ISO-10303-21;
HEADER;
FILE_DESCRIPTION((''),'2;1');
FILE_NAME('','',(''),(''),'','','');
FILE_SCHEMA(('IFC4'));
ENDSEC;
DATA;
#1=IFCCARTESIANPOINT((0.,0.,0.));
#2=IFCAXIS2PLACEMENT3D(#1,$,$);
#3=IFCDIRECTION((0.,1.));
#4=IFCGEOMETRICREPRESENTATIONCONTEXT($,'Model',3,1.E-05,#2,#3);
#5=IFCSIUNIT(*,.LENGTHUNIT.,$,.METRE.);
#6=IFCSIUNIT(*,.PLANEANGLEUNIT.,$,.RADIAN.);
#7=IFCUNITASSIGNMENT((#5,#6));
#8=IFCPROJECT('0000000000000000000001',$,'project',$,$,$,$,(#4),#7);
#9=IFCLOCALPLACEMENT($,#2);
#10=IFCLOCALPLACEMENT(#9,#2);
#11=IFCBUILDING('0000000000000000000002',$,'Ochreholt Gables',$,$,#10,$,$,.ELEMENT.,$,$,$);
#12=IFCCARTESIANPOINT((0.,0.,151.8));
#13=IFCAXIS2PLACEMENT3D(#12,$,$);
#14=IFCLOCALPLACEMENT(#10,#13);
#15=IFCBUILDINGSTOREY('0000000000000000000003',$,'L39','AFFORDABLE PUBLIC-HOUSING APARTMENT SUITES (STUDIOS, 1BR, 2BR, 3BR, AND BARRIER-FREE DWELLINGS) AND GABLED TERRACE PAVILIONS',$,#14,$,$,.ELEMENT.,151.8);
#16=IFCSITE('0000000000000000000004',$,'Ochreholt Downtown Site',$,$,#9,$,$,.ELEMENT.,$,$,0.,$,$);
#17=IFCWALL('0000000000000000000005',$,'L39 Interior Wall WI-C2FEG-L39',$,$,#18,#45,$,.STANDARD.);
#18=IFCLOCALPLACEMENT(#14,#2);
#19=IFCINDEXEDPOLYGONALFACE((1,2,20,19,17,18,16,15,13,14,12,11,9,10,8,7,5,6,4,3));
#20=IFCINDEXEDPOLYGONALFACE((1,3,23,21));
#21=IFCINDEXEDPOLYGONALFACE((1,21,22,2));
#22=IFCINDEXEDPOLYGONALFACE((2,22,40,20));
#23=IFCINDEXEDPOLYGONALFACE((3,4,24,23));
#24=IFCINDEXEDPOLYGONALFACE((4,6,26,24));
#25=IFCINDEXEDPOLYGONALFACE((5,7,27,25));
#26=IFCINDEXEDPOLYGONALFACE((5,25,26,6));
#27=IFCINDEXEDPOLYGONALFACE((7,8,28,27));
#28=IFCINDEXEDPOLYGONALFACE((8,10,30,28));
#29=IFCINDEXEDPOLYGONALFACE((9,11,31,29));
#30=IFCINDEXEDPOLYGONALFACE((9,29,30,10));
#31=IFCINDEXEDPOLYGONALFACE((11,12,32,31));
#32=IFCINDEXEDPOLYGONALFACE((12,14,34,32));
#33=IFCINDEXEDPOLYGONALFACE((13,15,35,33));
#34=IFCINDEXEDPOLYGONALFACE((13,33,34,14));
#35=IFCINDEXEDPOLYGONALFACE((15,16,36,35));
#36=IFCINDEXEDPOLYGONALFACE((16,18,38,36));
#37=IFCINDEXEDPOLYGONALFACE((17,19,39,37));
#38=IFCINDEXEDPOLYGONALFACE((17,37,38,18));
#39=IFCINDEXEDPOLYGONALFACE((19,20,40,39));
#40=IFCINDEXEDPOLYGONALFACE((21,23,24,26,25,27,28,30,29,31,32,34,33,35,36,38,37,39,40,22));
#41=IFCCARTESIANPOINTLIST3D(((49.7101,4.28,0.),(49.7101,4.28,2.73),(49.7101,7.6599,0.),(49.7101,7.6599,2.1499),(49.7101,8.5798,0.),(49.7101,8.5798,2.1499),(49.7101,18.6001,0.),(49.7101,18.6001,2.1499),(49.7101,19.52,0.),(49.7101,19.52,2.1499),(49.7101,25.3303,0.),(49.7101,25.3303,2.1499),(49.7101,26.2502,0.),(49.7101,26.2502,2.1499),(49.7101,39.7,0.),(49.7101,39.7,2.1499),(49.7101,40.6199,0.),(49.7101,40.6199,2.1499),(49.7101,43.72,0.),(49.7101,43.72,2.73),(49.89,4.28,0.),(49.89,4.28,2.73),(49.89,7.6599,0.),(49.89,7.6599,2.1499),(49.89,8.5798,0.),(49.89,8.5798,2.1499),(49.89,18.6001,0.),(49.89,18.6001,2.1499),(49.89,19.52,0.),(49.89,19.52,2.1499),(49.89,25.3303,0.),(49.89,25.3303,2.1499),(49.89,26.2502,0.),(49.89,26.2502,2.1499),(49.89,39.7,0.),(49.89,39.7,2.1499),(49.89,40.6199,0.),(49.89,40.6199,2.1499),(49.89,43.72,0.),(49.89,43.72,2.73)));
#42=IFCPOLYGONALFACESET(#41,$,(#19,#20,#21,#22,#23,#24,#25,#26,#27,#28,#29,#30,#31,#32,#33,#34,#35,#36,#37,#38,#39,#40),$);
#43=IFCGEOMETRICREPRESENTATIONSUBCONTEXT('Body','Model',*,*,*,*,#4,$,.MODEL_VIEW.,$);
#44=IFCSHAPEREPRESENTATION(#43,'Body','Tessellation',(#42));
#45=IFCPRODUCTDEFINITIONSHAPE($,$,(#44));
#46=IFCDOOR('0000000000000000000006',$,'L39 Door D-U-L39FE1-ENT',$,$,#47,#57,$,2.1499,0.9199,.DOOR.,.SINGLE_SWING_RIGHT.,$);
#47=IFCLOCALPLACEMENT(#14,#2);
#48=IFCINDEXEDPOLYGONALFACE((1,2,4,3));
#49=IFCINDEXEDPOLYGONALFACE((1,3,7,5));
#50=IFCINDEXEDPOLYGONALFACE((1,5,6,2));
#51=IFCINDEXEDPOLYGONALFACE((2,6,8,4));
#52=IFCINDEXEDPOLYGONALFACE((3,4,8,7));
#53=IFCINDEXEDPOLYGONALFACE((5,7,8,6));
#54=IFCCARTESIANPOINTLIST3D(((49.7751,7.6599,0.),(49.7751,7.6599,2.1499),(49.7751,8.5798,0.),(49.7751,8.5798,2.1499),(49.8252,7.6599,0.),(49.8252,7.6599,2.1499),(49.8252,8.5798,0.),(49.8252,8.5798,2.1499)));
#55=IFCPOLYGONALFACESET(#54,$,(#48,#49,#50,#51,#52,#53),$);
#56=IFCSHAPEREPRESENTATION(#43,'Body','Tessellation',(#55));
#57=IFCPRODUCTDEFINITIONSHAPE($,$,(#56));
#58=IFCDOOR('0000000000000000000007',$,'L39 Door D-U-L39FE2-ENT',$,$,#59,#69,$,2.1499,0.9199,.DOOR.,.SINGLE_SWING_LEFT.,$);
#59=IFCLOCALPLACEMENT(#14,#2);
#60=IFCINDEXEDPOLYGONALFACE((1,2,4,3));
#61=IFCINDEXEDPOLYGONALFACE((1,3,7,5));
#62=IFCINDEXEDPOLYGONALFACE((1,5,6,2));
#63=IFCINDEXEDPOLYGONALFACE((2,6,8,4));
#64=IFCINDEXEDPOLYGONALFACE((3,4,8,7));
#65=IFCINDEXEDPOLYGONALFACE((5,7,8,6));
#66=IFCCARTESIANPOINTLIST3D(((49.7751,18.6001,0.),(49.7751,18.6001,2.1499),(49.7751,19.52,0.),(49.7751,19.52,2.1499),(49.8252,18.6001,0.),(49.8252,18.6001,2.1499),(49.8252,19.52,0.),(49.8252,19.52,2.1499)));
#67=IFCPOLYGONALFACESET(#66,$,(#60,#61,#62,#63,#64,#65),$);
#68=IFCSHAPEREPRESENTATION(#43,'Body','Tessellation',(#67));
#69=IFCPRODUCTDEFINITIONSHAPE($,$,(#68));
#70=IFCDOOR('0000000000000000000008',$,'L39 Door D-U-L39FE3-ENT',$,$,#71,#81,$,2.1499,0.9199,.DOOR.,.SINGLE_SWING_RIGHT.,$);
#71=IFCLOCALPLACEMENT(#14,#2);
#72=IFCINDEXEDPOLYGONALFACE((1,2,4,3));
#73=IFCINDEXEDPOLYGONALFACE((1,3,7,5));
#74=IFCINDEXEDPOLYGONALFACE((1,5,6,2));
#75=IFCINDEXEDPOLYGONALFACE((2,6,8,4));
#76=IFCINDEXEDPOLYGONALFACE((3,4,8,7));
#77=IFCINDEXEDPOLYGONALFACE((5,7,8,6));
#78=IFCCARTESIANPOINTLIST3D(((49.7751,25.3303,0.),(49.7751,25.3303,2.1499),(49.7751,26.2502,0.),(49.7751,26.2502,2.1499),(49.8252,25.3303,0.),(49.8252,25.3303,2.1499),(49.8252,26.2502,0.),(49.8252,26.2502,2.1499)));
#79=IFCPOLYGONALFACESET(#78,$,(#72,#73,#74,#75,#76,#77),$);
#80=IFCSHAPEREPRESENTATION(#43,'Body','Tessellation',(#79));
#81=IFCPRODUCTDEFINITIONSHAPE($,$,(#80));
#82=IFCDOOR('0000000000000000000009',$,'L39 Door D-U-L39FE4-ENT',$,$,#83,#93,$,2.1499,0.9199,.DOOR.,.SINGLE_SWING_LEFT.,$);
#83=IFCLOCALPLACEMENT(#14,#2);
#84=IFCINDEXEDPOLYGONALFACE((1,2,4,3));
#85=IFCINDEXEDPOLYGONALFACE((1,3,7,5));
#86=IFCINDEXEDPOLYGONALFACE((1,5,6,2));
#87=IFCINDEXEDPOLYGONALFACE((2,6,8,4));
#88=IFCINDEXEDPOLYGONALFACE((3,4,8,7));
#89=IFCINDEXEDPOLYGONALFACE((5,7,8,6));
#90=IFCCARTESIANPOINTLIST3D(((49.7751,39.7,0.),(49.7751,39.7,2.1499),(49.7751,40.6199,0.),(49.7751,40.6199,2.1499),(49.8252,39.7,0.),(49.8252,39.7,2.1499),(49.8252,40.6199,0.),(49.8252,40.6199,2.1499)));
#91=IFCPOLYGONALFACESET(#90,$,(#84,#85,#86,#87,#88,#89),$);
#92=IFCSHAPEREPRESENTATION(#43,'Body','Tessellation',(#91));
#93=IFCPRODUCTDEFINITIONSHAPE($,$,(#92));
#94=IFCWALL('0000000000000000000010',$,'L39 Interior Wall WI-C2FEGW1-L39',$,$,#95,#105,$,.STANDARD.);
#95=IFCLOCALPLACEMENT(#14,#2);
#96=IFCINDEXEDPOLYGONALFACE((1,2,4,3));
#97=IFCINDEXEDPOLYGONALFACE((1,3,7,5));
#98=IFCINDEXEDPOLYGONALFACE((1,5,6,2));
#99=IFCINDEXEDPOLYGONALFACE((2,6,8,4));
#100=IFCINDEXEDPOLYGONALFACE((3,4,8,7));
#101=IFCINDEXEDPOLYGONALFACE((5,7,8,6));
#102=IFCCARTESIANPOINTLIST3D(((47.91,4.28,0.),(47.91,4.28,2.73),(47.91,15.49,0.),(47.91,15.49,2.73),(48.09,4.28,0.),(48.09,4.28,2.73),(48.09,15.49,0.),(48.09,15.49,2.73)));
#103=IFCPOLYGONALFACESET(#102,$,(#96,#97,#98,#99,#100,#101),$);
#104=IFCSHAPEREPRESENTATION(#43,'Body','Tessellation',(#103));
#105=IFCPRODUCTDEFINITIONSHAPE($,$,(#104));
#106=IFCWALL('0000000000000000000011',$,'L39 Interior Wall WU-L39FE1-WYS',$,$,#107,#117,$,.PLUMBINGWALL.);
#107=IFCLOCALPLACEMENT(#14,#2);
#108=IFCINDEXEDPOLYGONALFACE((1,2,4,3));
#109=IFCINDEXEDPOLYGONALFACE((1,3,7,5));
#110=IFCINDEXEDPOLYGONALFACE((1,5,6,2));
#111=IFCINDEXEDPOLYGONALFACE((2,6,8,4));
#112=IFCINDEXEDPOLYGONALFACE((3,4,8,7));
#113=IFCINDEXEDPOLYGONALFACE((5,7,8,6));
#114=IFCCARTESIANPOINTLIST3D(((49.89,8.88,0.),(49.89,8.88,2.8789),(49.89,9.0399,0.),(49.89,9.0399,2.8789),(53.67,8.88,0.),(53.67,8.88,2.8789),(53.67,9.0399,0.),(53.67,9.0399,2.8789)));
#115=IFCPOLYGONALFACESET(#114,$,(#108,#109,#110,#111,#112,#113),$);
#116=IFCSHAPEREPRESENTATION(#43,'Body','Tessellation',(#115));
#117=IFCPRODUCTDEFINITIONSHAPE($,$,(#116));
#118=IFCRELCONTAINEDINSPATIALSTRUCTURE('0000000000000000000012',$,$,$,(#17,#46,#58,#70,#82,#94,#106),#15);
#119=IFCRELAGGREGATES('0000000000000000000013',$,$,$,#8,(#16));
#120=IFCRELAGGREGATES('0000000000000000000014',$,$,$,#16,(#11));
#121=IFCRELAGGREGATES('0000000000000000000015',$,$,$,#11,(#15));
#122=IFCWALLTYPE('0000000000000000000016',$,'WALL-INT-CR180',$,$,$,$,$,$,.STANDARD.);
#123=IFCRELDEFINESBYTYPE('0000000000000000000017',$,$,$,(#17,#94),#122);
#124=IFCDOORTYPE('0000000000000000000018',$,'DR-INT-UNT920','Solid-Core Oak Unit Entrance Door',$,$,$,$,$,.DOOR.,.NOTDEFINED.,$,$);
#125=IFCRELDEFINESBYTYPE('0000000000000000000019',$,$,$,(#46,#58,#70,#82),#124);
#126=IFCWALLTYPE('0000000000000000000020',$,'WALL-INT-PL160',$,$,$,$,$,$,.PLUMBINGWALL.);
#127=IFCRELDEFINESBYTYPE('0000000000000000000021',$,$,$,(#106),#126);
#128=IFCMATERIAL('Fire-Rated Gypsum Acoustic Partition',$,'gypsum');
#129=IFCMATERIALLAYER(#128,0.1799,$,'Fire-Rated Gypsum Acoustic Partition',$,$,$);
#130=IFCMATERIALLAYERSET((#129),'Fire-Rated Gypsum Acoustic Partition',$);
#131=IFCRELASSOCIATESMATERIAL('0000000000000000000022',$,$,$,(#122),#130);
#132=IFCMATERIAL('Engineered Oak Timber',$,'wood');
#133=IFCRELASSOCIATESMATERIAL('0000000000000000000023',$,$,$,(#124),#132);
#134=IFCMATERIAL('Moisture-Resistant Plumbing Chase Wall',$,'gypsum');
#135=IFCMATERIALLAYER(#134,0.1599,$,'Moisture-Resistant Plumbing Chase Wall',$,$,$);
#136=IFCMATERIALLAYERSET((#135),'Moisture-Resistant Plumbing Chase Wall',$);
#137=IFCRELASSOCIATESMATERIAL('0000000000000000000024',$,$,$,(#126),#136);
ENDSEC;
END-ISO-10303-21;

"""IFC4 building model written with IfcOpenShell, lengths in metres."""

from ifc_helpers import new_model, si_unit, direction, frame, frame_2d, origin, place, context, subcontext, project, spatial, rectangle, extrude, material, layer, layer_set, type_object, element, fill, save


model = new_model("IFC4")

# Units and contexts
model_context = context("Model", 3, precision=1e-05, world=origin(), true_north=direction((0.0, 1.0)))
body_context = subcontext(model_context, "Body", "Model", "MODEL_VIEW")
ifc_project = project(units=[si_unit("LENGTHUNIT", "METRE"), si_unit("PLANEANGLEUNIT", "RADIAN")], contexts=[model_context])

# Site, building, storey
site_placement = place(None, origin())
site = spatial("IfcSite", under=ifc_project, at=site_placement, Name="Ochreholt Downtown Site", CompositionType="ELEMENT", RefElevation=0.0)
building_placement = place(site_placement, origin())
building = spatial("IfcBuilding", under=site, at=building_placement, Name="Ochreholt Gables", CompositionType="ELEMENT")
storey_placement = place(building_placement, frame((0.0, 0.0, 151.8)))
storey = spatial("IfcBuildingStorey", under=building, at=storey_placement, Name="L39", Description="AFFORDABLE PUBLIC-HOUSING APARTMENT SUITES (STUDIOS, 1BR, 2BR, 3BR, AND BARRIER-FREE DWELLINGS) AND GABLED TERRACE PAVILIONS", CompositionType="ELEMENT", Elevation=151.8)

# Wall, openings, doors
ifc_material_1 = material(Name="Fire-Rated Gypsum Acoustic Partition", Category="gypsum")
ifc_layer_1 = layer(ifc_material_1, 0.1799, Name="Fire-Rated Gypsum Acoustic Partition")
ifc_layer_set_1 = layer_set([ifc_layer_1], Name="Fire-Rated Gypsum Acoustic Partition")
wall_type_1 = type_object("IfcWallType", Name="WALL-INT-CR180", PredefinedType="STANDARD", material=ifc_layer_set_1)
wall_1_placement = place(storey_placement, frame((49.8, 4.28, 0.0), z_axis=(0.0, 0.0, 1.0), x_axis=(0.0, 1.0, 0.0)))
wall_1 = element("IfcWall", 1, at=wall_1_placement, inside=storey, type_object=wall_type_1, Name="L39 Interior Wall WI-C2FEG-L39", PredefinedType="STANDARD", context=body_context, shape_type="SweptSolid", body=[
    extrude(rectangle(XDim=39.4399, YDim=0.1799, at=frame_2d((19.72, 0.0))), origin(), (0.0, 0.0, 1.0), 2.73),
])
opening_1_placement = place(wall_1_placement, frame((3.3799, 0.0, 0.0)))
opening_1 = element("IfcOpeningElement", 2, at=opening_1_placement, cuts=wall_1, PredefinedType="OPENING", context=body_context, shape_type="SweptSolid", body=[
    extrude(rectangle(XDim=0.9199, YDim=2.1499, at=frame_2d((0.46, 1.075))), frame((0.0, 0.0999, 0.0), z_axis=(0.0, -1.0, 0.0), x_axis=(1.0, 0.0, 0.0)), (0.0, 0.0, 1.0), 0.2),
])
opening_2_placement = place(wall_1_placement, frame((14.3201, 0.0, 0.0)))
opening_2 = element("IfcOpeningElement", 3, at=opening_2_placement, cuts=wall_1, PredefinedType="OPENING", context=body_context, shape_type="SweptSolid", body=[
    extrude(rectangle(XDim=0.9199, YDim=2.1499, at=frame_2d((0.46, 1.075))), frame((0.0, 0.0999, 0.0), z_axis=(0.0, -1.0, 0.0), x_axis=(1.0, 0.0, 0.0)), (0.0, 0.0, 1.0), 0.2),
])
opening_3_placement = place(wall_1_placement, frame((21.0503, 0.0, 0.0)))
opening_3 = element("IfcOpeningElement", 4, at=opening_3_placement, cuts=wall_1, PredefinedType="OPENING", context=body_context, shape_type="SweptSolid", body=[
    extrude(rectangle(XDim=0.9199, YDim=2.1499, at=frame_2d((0.46, 1.075))), frame((0.0, 0.0999, 0.0), z_axis=(0.0, -1.0, 0.0), x_axis=(1.0, 0.0, 0.0)), (0.0, 0.0, 1.0), 0.2),
])
opening_4_placement = place(wall_1_placement, frame((35.4199, 0.0, 0.0)))
opening_4 = element("IfcOpeningElement", 5, at=opening_4_placement, cuts=wall_1, PredefinedType="OPENING", context=body_context, shape_type="SweptSolid", body=[
    extrude(rectangle(XDim=0.9199, YDim=2.1499, at=frame_2d((0.46, 1.075))), frame((0.0, 0.0999, 0.0), z_axis=(0.0, -1.0, 0.0), x_axis=(1.0, 0.0, 0.0)), (0.0, 0.0, 1.0), 0.2),
])
ifc_material_2 = material(Name="Engineered Oak Timber", Category="wood")
door_type_1 = type_object("IfcDoorType", Name="DR-INT-UNT920", Description="Solid-Core Oak Unit Entrance Door", OperationType="NOTDEFINED", PredefinedType="DOOR", material=ifc_material_2)
door_1_placement = place(opening_1_placement, origin())
door_1 = element("IfcDoor", 6, at=door_1_placement, inside=storey, type_object=door_type_1, Name="L39 Door D-U-L39FE1-ENT", OperationType="SINGLE_SWING_RIGHT", OverallHeight=2.1499, OverallWidth=0.9199, PredefinedType="DOOR", context=body_context, shape_type="SweptSolid", body=[
    extrude(rectangle(XDim=0.9199, YDim=2.1499, at=frame_2d((0.46, 1.075))), frame((0.0, 0.0249, 0.0), z_axis=(0.0, -1.0, 0.0), x_axis=(1.0, 0.0, 0.0)), (0.0, 0.0, 1.0), 0.05),
])
fill(opening_1, door_1)
door_2_placement = place(opening_2_placement, origin())
door_2 = element("IfcDoor", 7, at=door_2_placement, inside=storey, type_object=door_type_1, Name="L39 Door D-U-L39FE2-ENT", OperationType="SINGLE_SWING_LEFT", OverallHeight=2.1499, OverallWidth=0.9199, PredefinedType="DOOR", context=body_context, shape_type="SweptSolid", body=[
    extrude(rectangle(XDim=0.9199, YDim=2.1499, at=frame_2d((0.46, 1.075))), frame((0.0, 0.0249, 0.0), z_axis=(0.0, -1.0, 0.0), x_axis=(1.0, 0.0, 0.0)), (0.0, 0.0, 1.0), 0.05),
])
fill(opening_2, door_2)
door_3_placement = place(opening_3_placement, origin())
door_3 = element("IfcDoor", 8, at=door_3_placement, inside=storey, type_object=door_type_1, Name="L39 Door D-U-L39FE3-ENT", OperationType="SINGLE_SWING_RIGHT", OverallHeight=2.1499, OverallWidth=0.9199, PredefinedType="DOOR", context=body_context, shape_type="SweptSolid", body=[
    extrude(rectangle(XDim=0.9199, YDim=2.1499, at=frame_2d((0.46, 1.075))), frame((0.0, 0.0249, 0.0), z_axis=(0.0, -1.0, 0.0), x_axis=(1.0, 0.0, 0.0)), (0.0, 0.0, 1.0), 0.05),
])
fill(opening_3, door_3)
door_4_placement = place(opening_4_placement, origin())
door_4 = element("IfcDoor", 9, at=door_4_placement, inside=storey, type_object=door_type_1, Name="L39 Door D-U-L39FE4-ENT", OperationType="SINGLE_SWING_LEFT", OverallHeight=2.1499, OverallWidth=0.9199, PredefinedType="DOOR", context=body_context, shape_type="SweptSolid", body=[
    extrude(rectangle(XDim=0.9199, YDim=2.1499, at=frame_2d((0.46, 1.075))), frame((0.0, 0.0249, 0.0), z_axis=(0.0, -1.0, 0.0), x_axis=(1.0, 0.0, 0.0)), (0.0, 0.0, 1.0), 0.05),
])
fill(opening_4, door_4)

# Walls
wall_2_placement = place(storey_placement, frame((48.0, 4.28, 0.0), z_axis=(0.0, 0.0, 1.0), x_axis=(0.0, 1.0, 0.0)))
element("IfcWall", 10, at=wall_2_placement, inside=storey, type_object=wall_type_1, Name="L39 Interior Wall WI-C2FEGW1-L39", PredefinedType="STANDARD", context=body_context, shape_type="SweptSolid", body=[
    extrude(rectangle(XDim=11.21, YDim=0.1799, at=frame_2d((5.605, 0.0))), origin(), (0.0, 0.0, 1.0), 2.73),
])
ifc_material_3 = material(Name="Moisture-Resistant Plumbing Chase Wall", Category="gypsum")
ifc_layer_2 = layer(ifc_material_3, 0.1599, Name="Moisture-Resistant Plumbing Chase Wall")
ifc_layer_set_2 = layer_set([ifc_layer_2], Name="Moisture-Resistant Plumbing Chase Wall")
wall_type_2 = type_object("IfcWallType", Name="WALL-INT-PL160", PredefinedType="PLUMBINGWALL", material=ifc_layer_set_2)
wall_3_placement = place(storey_placement, frame((49.8899, 8.96, 0.0), z_axis=(0.0, 0.0, 1.0), x_axis=(1.0, 0.0, 0.0)))
element("IfcWall", 11, at=wall_3_placement, inside=storey, type_object=wall_type_2, Name="L39 Interior Wall WU-L39FE1-WYS", PredefinedType="PLUMBINGWALL", context=body_context, shape_type="SweptSolid", body=[
    extrude(rectangle(XDim=3.78, YDim=0.1599, at=frame_2d((1.8901, 0.0))), origin(), (0.0, 0.0, 1.0), 2.8789),
])

save(model, "model.ifc")
